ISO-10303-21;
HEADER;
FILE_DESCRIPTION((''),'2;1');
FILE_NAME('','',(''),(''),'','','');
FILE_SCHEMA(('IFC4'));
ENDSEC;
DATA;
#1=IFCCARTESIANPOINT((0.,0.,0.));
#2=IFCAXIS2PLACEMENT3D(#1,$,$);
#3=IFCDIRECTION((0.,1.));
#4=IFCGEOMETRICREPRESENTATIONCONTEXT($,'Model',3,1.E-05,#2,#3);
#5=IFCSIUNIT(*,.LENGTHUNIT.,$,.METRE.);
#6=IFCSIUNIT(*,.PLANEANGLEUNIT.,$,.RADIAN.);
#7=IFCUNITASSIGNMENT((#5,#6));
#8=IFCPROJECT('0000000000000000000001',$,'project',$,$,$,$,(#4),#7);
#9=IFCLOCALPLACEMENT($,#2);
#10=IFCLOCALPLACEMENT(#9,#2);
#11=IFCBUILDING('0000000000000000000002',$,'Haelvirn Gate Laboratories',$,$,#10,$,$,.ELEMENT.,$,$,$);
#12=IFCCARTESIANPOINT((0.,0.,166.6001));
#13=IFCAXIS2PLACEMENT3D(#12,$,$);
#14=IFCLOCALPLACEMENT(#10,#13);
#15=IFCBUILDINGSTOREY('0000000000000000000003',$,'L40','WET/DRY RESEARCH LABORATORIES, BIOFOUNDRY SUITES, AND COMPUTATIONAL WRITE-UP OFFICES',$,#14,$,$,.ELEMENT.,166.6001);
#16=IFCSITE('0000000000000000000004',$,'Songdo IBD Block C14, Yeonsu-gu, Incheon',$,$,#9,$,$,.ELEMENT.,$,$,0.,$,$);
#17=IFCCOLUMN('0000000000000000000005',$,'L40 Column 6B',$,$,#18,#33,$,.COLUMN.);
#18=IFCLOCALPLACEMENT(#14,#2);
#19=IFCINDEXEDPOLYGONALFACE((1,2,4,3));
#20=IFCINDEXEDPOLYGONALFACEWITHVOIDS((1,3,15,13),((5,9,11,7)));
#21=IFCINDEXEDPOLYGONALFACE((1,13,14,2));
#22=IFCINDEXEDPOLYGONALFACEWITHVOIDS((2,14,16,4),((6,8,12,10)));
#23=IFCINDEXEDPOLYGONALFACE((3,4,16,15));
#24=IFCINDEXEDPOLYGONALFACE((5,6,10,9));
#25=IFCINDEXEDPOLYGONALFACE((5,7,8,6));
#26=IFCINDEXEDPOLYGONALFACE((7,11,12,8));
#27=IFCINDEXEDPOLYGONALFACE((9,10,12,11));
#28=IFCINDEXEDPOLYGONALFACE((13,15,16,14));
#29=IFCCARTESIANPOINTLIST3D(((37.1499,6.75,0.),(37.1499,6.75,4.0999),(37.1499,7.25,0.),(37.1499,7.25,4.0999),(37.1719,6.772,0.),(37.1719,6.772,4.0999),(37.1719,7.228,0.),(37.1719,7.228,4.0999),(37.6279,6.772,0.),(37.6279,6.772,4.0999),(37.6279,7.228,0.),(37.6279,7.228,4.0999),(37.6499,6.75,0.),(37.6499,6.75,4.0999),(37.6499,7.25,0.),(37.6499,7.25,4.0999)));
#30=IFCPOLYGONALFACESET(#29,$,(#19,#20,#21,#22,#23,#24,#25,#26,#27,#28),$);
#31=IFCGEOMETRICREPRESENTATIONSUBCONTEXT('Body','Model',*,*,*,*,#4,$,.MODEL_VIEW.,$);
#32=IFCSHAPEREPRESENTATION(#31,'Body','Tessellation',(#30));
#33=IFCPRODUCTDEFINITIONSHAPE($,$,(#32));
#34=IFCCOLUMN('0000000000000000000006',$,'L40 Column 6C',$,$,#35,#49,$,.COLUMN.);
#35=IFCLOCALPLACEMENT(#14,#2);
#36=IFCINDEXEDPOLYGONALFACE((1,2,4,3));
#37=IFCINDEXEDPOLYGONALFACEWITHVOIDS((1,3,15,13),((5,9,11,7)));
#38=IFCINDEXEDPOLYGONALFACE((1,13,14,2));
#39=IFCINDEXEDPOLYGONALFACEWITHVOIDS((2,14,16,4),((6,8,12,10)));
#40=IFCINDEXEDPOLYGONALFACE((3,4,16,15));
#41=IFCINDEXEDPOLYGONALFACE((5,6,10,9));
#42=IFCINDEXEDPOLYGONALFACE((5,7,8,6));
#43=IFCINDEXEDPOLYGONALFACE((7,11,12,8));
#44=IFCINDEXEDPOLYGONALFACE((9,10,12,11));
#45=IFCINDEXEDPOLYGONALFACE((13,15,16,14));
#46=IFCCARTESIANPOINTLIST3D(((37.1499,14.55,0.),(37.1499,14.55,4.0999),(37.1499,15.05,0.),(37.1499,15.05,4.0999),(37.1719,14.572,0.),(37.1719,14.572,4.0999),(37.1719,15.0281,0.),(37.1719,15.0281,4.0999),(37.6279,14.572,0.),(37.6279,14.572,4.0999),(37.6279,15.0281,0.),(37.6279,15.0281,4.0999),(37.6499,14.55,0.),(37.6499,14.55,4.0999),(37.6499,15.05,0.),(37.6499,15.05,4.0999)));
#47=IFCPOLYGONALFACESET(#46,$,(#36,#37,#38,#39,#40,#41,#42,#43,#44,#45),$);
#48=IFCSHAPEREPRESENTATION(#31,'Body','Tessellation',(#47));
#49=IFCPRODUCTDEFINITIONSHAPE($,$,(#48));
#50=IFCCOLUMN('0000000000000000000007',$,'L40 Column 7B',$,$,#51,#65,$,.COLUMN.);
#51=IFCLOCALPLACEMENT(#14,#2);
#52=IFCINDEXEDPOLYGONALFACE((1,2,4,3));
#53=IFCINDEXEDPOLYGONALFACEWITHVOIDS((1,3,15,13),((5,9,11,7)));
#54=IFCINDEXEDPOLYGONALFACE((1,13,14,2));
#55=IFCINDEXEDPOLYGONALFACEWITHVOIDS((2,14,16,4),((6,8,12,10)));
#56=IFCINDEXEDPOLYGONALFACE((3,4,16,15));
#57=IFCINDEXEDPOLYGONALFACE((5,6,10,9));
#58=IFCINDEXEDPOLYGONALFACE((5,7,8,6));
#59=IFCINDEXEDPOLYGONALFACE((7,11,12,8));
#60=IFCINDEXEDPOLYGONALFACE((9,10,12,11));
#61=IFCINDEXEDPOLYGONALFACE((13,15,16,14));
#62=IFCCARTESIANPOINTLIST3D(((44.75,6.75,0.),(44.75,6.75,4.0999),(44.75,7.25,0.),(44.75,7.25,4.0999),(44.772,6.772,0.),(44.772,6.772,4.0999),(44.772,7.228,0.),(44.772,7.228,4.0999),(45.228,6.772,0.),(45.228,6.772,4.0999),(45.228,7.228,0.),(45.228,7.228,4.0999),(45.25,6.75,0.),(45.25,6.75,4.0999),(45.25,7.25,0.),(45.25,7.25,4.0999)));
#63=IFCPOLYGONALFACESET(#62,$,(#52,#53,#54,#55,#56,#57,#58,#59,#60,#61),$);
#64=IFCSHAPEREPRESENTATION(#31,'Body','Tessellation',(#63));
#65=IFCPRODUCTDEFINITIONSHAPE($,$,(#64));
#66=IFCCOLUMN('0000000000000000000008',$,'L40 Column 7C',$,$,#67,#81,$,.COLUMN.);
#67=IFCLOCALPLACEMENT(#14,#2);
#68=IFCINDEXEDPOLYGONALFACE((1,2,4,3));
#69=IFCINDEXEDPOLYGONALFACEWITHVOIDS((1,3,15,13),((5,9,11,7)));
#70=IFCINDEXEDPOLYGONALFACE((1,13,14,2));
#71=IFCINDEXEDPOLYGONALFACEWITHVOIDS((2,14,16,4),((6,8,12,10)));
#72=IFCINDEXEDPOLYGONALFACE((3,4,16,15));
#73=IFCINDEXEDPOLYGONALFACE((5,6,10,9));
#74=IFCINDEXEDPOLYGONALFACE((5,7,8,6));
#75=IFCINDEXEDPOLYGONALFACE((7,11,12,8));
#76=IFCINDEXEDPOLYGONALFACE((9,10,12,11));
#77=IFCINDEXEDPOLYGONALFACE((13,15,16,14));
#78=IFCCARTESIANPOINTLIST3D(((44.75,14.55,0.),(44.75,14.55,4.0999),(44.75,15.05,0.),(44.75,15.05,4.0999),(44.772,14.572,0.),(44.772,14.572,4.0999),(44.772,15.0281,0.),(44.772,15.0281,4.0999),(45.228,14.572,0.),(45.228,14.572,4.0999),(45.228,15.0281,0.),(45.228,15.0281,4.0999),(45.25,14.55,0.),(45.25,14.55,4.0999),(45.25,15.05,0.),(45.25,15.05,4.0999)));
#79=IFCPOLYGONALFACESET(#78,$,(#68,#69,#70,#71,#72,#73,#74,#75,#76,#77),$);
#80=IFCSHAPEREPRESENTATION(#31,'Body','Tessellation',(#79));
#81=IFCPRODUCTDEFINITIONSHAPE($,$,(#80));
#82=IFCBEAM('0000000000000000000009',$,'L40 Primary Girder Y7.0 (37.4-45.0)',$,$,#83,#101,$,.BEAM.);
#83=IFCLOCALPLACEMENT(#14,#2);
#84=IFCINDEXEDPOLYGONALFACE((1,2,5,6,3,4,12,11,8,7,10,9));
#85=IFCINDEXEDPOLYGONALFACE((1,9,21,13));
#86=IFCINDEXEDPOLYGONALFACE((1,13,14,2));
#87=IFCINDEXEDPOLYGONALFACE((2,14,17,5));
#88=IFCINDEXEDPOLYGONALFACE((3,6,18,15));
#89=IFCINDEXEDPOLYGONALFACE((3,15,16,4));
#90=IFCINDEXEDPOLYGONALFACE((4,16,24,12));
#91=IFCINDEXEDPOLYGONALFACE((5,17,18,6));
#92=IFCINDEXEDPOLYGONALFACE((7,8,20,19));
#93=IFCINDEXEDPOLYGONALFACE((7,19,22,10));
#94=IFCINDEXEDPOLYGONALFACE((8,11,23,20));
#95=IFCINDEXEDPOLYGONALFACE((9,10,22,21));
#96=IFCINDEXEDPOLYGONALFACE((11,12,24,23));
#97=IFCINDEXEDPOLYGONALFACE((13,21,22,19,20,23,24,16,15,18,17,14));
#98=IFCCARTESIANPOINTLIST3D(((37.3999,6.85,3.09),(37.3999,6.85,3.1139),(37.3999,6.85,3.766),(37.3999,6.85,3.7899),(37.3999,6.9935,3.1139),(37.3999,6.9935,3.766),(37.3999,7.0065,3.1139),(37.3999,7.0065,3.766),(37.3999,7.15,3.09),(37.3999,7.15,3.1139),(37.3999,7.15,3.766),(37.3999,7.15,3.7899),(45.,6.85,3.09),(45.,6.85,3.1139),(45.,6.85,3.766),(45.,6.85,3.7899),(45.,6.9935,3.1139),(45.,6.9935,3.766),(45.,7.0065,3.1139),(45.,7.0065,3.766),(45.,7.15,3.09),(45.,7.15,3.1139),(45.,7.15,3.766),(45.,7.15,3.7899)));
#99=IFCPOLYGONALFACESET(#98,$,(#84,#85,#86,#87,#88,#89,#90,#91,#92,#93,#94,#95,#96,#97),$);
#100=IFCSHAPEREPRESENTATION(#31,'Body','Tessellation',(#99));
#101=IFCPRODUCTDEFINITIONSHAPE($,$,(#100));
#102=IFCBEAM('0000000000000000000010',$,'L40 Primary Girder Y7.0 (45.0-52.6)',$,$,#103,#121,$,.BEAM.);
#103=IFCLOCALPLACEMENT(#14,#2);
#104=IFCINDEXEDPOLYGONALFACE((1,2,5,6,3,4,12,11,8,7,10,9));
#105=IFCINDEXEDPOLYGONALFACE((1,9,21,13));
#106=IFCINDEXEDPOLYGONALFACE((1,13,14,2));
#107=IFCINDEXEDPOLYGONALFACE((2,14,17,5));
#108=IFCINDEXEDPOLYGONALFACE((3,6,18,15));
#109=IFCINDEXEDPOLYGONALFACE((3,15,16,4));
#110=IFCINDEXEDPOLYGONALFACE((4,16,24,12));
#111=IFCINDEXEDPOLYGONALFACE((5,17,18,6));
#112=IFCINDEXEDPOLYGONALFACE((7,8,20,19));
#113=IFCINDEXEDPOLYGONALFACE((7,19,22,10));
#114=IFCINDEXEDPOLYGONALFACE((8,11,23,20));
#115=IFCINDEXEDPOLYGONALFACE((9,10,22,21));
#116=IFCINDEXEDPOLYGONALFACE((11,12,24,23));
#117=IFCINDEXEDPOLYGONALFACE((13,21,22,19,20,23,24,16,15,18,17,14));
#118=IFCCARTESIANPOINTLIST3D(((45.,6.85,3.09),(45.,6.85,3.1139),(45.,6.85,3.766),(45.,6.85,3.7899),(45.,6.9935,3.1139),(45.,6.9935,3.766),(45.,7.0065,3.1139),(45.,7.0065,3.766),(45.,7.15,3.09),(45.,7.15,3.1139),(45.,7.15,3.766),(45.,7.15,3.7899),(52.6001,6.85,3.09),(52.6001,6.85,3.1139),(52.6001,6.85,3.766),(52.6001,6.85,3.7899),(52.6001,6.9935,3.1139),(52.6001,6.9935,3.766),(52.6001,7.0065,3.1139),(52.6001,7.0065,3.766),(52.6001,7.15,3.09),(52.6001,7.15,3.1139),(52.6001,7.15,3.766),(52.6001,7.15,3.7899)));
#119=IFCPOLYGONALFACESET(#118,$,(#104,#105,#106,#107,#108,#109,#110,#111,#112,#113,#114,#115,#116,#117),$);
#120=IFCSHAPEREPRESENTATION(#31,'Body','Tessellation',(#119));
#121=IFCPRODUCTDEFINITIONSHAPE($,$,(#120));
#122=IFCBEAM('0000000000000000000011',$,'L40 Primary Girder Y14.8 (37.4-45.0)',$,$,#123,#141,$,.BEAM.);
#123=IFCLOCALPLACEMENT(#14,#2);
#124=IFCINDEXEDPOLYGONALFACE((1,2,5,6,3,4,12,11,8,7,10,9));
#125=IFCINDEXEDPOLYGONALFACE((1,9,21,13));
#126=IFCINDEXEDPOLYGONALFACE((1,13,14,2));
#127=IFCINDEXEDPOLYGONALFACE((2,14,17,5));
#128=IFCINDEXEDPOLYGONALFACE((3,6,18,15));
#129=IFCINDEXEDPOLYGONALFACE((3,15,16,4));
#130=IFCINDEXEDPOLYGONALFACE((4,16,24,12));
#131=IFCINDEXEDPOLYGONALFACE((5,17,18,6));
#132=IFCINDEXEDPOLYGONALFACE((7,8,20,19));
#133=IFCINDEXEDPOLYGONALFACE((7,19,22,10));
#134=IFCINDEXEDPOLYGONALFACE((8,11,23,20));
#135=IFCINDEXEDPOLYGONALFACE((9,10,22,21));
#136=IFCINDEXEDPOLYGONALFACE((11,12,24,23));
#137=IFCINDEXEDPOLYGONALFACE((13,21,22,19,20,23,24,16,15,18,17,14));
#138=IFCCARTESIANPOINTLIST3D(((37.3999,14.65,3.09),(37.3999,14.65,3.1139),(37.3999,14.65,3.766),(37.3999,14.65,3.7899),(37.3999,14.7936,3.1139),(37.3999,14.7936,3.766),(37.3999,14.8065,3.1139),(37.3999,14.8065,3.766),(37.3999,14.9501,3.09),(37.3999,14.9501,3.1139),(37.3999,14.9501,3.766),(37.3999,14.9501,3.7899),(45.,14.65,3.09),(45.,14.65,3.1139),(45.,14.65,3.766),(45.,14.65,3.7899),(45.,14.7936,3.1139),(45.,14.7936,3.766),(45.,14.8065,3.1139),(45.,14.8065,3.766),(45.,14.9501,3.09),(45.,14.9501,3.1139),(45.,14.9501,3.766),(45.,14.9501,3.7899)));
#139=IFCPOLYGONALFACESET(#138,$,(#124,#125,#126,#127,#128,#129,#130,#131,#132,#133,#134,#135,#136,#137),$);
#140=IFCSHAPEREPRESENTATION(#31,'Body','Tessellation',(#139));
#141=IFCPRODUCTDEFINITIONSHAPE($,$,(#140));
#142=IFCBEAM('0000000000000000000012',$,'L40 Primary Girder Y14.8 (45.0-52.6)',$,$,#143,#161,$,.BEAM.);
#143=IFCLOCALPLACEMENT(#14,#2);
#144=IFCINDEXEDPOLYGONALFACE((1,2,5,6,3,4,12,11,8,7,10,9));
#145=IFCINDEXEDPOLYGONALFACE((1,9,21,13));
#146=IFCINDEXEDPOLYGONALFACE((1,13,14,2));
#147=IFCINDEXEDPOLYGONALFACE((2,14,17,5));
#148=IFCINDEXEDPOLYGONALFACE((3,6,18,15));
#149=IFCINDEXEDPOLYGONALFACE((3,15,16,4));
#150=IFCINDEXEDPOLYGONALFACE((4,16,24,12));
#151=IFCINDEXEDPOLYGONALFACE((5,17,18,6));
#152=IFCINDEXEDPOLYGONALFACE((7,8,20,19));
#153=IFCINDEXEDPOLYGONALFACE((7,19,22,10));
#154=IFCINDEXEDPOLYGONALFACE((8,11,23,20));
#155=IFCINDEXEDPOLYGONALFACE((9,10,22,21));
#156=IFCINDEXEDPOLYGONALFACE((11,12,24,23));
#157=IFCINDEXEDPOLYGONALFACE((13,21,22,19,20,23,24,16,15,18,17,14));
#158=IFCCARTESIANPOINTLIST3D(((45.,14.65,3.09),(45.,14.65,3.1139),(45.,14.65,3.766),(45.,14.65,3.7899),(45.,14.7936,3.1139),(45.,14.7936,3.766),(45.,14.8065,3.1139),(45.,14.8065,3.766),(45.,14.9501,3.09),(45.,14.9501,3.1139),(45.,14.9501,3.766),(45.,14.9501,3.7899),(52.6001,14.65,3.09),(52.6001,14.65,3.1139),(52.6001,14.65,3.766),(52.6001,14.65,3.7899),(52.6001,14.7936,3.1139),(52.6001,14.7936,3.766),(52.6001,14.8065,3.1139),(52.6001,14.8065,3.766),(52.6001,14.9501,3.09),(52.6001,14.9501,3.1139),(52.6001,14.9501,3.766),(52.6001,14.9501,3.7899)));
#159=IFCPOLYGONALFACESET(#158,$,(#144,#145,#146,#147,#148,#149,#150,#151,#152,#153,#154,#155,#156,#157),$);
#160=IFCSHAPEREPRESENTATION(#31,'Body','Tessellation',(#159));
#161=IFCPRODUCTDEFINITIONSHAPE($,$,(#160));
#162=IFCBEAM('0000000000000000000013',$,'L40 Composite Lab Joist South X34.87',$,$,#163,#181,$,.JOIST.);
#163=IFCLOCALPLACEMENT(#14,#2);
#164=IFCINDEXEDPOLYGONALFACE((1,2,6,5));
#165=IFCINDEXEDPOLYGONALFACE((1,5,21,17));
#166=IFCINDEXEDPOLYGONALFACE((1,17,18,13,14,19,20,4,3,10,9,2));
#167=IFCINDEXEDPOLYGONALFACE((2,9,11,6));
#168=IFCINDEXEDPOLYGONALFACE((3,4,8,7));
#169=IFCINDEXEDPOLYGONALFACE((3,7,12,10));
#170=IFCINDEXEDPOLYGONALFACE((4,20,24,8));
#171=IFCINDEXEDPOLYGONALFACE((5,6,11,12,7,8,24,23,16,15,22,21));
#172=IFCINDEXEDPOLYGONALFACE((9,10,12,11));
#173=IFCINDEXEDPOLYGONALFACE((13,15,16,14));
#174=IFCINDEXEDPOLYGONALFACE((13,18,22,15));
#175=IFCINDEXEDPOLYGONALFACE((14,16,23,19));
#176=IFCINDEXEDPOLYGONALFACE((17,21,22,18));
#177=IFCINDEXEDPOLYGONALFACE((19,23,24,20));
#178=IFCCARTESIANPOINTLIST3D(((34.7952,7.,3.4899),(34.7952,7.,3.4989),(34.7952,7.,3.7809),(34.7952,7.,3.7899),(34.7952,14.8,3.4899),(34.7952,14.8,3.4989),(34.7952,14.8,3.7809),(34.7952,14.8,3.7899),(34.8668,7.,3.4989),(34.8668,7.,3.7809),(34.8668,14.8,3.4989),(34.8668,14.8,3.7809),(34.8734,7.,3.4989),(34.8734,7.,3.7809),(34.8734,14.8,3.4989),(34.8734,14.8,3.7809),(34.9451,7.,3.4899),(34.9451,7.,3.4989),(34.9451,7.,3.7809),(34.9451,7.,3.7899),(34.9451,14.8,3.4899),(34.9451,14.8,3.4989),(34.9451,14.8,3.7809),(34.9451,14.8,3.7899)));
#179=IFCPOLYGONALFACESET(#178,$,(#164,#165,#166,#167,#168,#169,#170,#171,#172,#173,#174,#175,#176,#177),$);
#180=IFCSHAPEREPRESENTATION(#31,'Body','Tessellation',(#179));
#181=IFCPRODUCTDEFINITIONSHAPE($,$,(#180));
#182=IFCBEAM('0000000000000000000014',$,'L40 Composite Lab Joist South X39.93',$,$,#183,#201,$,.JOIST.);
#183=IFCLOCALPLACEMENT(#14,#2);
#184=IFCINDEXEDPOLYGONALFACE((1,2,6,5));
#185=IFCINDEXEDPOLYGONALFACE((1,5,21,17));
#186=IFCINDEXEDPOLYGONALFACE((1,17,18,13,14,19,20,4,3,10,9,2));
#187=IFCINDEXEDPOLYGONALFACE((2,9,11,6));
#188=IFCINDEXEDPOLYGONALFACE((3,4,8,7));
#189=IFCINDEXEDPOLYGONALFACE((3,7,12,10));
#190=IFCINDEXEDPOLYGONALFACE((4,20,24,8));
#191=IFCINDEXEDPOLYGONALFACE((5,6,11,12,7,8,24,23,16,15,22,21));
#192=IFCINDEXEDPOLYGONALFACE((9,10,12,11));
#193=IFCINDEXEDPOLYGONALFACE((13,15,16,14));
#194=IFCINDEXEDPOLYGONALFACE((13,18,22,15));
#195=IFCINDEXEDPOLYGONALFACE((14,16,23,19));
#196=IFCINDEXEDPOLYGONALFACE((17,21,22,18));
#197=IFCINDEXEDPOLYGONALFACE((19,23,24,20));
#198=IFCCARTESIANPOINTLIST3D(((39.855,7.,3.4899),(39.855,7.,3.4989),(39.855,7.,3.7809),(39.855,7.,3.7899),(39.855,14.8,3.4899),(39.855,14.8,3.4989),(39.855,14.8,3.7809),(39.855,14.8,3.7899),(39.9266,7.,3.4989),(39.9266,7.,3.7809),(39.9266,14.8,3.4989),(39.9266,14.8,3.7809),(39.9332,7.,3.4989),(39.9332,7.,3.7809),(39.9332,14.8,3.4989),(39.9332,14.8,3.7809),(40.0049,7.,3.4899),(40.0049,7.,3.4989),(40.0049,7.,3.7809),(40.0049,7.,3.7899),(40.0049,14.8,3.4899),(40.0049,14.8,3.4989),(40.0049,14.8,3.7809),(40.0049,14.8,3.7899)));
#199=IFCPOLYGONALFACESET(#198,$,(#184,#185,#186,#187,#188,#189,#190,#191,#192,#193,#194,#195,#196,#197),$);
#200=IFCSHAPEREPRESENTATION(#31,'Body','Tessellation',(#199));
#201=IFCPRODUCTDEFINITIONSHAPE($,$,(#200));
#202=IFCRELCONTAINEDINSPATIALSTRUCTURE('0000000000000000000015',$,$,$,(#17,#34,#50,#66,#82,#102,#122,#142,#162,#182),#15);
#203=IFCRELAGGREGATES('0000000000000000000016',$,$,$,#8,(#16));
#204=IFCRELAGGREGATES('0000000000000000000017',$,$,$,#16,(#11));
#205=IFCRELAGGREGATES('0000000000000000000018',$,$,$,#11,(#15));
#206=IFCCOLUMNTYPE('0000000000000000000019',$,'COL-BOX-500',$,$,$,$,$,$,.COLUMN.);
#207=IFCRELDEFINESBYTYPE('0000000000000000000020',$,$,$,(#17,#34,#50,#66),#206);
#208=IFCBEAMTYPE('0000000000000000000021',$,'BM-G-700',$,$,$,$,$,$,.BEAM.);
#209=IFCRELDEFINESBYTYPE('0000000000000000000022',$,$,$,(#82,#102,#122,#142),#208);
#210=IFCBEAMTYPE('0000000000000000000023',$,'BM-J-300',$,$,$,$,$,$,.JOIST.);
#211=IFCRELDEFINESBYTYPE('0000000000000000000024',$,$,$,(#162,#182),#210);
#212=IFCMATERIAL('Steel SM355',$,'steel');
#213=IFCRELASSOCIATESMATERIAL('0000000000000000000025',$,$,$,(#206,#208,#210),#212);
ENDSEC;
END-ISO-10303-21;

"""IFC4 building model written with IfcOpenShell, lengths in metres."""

from ifc_helpers import new_model, si_unit, direction, frame, origin, origin_2d, place, context, subcontext, project, spatial, hollow_rectangle, i_section, extrude, source, transform, mapped, material, material_profile, profile_set, type_object, type_shapes, element, save


model = new_model("IFC4")

# Units and contexts
model_context = context("Model", 3, precision=1e-05, world=origin(), true_north=direction((0.0, 1.0)))
body_context = subcontext(model_context, "Body", "Model", "MODEL_VIEW")
ifc_project = project(units=[si_unit("LENGTHUNIT", "METRE"), si_unit("PLANEANGLEUNIT", "RADIAN")], contexts=[model_context])

# Site, building, storey
site_placement = place(None, origin())
site = spatial("IfcSite", under=ifc_project, at=site_placement, Name="Songdo IBD Block C14, Yeonsu-gu, Incheon", CompositionType="ELEMENT", RefElevation=0.0)
building_placement = place(site_placement, origin())
building = spatial("IfcBuilding", under=site, at=building_placement, Name="Haelvirn Gate Laboratories", CompositionType="ELEMENT")
storey_placement = place(building_placement, frame((0.0, 0.0, 166.6001)))
storey = spatial("IfcBuildingStorey", under=building, at=storey_placement, Name="L40", Description="WET/DRY RESEARCH LABORATORIES, BIOFOUNDRY SUITES, AND COMPUTATIONAL WRITE-UP OFFICES", CompositionType="ELEMENT", Elevation=166.6001)

# Columns
ifc_material_1 = material(Name="Steel SM355", Category="steel")
ifc_material_profile_1 = material_profile(ifc_material_1, hollow_rectangle(XDim=0.5, YDim=0.5, WallThickness=0.022, at=origin_2d()), Name="BOX-500x500x22")
ifc_profile_set_1 = profile_set([ifc_material_profile_1], Name="Steel SM355")
column_type = type_object("IfcColumnType", Name="COL-BOX-500", PredefinedType="COLUMN", material=ifc_profile_set_1)
shared_shape_1 = source(origin(), body_context, "Body", "SweptSolid", [
    extrude(hollow_rectangle(XDim=0.5, YDim=0.5, WallThickness=0.022, at=origin_2d()), origin(), (0.0, 0.0, 1.0), 4.0999),
])
type_shapes(column_type, [shared_shape_1])
for number, where, z_axis, x_axis, name in (
    (1, (37.3999, 7.0, 0.0), (0.0, 0.0, 1.0), (1.0, 0.0, 0.0), "L40 Column 6B"),
    (2, (37.3999, 14.8, 0.0), (0.0, 0.0, 1.0), (1.0, 0.0, 0.0), "L40 Column 6C"),
    (3, (45.0, 7.0, 0.0), (0.0, 0.0, 1.0), (1.0, 0.0, 0.0), "L40 Column 7B"),
    (4, (45.0, 14.8, 0.0), (0.0, 0.0, 1.0), (1.0, 0.0, 0.0), "L40 Column 7C"),
):
    element("IfcColumn", number, at=place(storey_placement, frame(where, z_axis=z_axis, x_axis=x_axis)), inside=storey, type_object=column_type, Name=name, PredefinedType="COLUMN", context=body_context, shape_type="MappedRepresentation", body=[
        mapped(shared_shape_1, transform((0.0, 0.0, 0.0), scale=1.0)),
    ])

# Beams
ifc_material_profile_2 = material_profile(ifc_material_1, i_section(OverallWidth=0.3, OverallDepth=0.7, WebThickness=0.0129, FlangeThickness=0.0239, at=origin_2d()), Name="H-700x300x13x24")
ifc_profile_set_2 = profile_set([ifc_material_profile_2], Name="Steel SM355")
beam_type_1 = type_object("IfcBeamType", Name="BM-G-700", PredefinedType="BEAM", material=ifc_profile_set_2)
shared_shape_2 = source(origin(), body_context, "Body", "SweptSolid", [
    extrude(i_section(OverallWidth=0.3, OverallDepth=0.7, WebThickness=0.0129, FlangeThickness=0.0239, at=origin_2d()), origin(), (0.0, 0.0, 1.0), 7.6001),
])
type_shapes(beam_type_1, [shared_shape_2])
for number, where, z_axis, x_axis, name in (
    (5, (37.3999, 7.0, 3.4399), (1.0, 0.0, 0.0), (0.0, 1.0, 0.0), "L40 Primary Girder Y7.0 (37.4-45.0)"),
    (6, (45.0, 7.0, 3.4399), (1.0, 0.0, 0.0), (0.0, 1.0, 0.0), "L40 Primary Girder Y7.0 (45.0-52.6)"),
    (7, (37.3999, 14.8, 3.4399), (1.0, 0.0, 0.0), (0.0, 1.0, 0.0), "L40 Primary Girder Y14.8 (37.4-45.0)"),
    (8, (45.0, 14.8, 3.4399), (1.0, 0.0, 0.0), (0.0, 1.0, 0.0), "L40 Primary Girder Y14.8 (45.0-52.6)"),
):
    element("IfcBeam", number, at=place(storey_placement, frame(where, z_axis=z_axis, x_axis=x_axis)), inside=storey, type_object=beam_type_1, Name=name, PredefinedType="BEAM", context=body_context, shape_type="MappedRepresentation", body=[
        mapped(shared_shape_2, transform((0.0, 0.0, 0.0), scale=1.0)),
    ])
ifc_material_profile_3 = material_profile(ifc_material_1, i_section(OverallWidth=0.1499, OverallDepth=0.3, WebThickness=0.0066, FlangeThickness=0.009, at=origin_2d()), Name="H-300x150x6.5x9")
ifc_profile_set_3 = profile_set([ifc_material_profile_3], Name="Steel SM355")
beam_type_2 = type_object("IfcBeamType", Name="BM-J-300", PredefinedType="JOIST", material=ifc_profile_set_3)
shared_shape_3 = source(origin(), body_context, "Body", "SweptSolid", [
    extrude(i_section(OverallWidth=0.1499, OverallDepth=0.3, WebThickness=0.0066, FlangeThickness=0.009, at=origin_2d()), origin(), (0.0, 0.0, 1.0), 7.8),
])
type_shapes(beam_type_2, [shared_shape_3])
for number, where, z_axis, x_axis, name in (
    (9, (34.8701, 7.0, 3.6399), (0.0, 1.0, 0.0), (-1.0, 0.0, 0.0), "L40 Composite Lab Joist South X34.87"),
    (10, (39.9299, 7.0, 3.6399), (0.0, 1.0, 0.0), (-1.0, 0.0, 0.0), "L40 Composite Lab Joist South X39.93"),
):
    element("IfcBeam", number, at=place(storey_placement, frame(where, z_axis=z_axis, x_axis=x_axis)), inside=storey, type_object=beam_type_2, Name=name, PredefinedType="JOIST", context=body_context, shape_type="MappedRepresentation", body=[
        mapped(shared_shape_3, transform((0.0, 0.0, 0.0), scale=1.0)),
    ])

save(model, "model.ifc")
